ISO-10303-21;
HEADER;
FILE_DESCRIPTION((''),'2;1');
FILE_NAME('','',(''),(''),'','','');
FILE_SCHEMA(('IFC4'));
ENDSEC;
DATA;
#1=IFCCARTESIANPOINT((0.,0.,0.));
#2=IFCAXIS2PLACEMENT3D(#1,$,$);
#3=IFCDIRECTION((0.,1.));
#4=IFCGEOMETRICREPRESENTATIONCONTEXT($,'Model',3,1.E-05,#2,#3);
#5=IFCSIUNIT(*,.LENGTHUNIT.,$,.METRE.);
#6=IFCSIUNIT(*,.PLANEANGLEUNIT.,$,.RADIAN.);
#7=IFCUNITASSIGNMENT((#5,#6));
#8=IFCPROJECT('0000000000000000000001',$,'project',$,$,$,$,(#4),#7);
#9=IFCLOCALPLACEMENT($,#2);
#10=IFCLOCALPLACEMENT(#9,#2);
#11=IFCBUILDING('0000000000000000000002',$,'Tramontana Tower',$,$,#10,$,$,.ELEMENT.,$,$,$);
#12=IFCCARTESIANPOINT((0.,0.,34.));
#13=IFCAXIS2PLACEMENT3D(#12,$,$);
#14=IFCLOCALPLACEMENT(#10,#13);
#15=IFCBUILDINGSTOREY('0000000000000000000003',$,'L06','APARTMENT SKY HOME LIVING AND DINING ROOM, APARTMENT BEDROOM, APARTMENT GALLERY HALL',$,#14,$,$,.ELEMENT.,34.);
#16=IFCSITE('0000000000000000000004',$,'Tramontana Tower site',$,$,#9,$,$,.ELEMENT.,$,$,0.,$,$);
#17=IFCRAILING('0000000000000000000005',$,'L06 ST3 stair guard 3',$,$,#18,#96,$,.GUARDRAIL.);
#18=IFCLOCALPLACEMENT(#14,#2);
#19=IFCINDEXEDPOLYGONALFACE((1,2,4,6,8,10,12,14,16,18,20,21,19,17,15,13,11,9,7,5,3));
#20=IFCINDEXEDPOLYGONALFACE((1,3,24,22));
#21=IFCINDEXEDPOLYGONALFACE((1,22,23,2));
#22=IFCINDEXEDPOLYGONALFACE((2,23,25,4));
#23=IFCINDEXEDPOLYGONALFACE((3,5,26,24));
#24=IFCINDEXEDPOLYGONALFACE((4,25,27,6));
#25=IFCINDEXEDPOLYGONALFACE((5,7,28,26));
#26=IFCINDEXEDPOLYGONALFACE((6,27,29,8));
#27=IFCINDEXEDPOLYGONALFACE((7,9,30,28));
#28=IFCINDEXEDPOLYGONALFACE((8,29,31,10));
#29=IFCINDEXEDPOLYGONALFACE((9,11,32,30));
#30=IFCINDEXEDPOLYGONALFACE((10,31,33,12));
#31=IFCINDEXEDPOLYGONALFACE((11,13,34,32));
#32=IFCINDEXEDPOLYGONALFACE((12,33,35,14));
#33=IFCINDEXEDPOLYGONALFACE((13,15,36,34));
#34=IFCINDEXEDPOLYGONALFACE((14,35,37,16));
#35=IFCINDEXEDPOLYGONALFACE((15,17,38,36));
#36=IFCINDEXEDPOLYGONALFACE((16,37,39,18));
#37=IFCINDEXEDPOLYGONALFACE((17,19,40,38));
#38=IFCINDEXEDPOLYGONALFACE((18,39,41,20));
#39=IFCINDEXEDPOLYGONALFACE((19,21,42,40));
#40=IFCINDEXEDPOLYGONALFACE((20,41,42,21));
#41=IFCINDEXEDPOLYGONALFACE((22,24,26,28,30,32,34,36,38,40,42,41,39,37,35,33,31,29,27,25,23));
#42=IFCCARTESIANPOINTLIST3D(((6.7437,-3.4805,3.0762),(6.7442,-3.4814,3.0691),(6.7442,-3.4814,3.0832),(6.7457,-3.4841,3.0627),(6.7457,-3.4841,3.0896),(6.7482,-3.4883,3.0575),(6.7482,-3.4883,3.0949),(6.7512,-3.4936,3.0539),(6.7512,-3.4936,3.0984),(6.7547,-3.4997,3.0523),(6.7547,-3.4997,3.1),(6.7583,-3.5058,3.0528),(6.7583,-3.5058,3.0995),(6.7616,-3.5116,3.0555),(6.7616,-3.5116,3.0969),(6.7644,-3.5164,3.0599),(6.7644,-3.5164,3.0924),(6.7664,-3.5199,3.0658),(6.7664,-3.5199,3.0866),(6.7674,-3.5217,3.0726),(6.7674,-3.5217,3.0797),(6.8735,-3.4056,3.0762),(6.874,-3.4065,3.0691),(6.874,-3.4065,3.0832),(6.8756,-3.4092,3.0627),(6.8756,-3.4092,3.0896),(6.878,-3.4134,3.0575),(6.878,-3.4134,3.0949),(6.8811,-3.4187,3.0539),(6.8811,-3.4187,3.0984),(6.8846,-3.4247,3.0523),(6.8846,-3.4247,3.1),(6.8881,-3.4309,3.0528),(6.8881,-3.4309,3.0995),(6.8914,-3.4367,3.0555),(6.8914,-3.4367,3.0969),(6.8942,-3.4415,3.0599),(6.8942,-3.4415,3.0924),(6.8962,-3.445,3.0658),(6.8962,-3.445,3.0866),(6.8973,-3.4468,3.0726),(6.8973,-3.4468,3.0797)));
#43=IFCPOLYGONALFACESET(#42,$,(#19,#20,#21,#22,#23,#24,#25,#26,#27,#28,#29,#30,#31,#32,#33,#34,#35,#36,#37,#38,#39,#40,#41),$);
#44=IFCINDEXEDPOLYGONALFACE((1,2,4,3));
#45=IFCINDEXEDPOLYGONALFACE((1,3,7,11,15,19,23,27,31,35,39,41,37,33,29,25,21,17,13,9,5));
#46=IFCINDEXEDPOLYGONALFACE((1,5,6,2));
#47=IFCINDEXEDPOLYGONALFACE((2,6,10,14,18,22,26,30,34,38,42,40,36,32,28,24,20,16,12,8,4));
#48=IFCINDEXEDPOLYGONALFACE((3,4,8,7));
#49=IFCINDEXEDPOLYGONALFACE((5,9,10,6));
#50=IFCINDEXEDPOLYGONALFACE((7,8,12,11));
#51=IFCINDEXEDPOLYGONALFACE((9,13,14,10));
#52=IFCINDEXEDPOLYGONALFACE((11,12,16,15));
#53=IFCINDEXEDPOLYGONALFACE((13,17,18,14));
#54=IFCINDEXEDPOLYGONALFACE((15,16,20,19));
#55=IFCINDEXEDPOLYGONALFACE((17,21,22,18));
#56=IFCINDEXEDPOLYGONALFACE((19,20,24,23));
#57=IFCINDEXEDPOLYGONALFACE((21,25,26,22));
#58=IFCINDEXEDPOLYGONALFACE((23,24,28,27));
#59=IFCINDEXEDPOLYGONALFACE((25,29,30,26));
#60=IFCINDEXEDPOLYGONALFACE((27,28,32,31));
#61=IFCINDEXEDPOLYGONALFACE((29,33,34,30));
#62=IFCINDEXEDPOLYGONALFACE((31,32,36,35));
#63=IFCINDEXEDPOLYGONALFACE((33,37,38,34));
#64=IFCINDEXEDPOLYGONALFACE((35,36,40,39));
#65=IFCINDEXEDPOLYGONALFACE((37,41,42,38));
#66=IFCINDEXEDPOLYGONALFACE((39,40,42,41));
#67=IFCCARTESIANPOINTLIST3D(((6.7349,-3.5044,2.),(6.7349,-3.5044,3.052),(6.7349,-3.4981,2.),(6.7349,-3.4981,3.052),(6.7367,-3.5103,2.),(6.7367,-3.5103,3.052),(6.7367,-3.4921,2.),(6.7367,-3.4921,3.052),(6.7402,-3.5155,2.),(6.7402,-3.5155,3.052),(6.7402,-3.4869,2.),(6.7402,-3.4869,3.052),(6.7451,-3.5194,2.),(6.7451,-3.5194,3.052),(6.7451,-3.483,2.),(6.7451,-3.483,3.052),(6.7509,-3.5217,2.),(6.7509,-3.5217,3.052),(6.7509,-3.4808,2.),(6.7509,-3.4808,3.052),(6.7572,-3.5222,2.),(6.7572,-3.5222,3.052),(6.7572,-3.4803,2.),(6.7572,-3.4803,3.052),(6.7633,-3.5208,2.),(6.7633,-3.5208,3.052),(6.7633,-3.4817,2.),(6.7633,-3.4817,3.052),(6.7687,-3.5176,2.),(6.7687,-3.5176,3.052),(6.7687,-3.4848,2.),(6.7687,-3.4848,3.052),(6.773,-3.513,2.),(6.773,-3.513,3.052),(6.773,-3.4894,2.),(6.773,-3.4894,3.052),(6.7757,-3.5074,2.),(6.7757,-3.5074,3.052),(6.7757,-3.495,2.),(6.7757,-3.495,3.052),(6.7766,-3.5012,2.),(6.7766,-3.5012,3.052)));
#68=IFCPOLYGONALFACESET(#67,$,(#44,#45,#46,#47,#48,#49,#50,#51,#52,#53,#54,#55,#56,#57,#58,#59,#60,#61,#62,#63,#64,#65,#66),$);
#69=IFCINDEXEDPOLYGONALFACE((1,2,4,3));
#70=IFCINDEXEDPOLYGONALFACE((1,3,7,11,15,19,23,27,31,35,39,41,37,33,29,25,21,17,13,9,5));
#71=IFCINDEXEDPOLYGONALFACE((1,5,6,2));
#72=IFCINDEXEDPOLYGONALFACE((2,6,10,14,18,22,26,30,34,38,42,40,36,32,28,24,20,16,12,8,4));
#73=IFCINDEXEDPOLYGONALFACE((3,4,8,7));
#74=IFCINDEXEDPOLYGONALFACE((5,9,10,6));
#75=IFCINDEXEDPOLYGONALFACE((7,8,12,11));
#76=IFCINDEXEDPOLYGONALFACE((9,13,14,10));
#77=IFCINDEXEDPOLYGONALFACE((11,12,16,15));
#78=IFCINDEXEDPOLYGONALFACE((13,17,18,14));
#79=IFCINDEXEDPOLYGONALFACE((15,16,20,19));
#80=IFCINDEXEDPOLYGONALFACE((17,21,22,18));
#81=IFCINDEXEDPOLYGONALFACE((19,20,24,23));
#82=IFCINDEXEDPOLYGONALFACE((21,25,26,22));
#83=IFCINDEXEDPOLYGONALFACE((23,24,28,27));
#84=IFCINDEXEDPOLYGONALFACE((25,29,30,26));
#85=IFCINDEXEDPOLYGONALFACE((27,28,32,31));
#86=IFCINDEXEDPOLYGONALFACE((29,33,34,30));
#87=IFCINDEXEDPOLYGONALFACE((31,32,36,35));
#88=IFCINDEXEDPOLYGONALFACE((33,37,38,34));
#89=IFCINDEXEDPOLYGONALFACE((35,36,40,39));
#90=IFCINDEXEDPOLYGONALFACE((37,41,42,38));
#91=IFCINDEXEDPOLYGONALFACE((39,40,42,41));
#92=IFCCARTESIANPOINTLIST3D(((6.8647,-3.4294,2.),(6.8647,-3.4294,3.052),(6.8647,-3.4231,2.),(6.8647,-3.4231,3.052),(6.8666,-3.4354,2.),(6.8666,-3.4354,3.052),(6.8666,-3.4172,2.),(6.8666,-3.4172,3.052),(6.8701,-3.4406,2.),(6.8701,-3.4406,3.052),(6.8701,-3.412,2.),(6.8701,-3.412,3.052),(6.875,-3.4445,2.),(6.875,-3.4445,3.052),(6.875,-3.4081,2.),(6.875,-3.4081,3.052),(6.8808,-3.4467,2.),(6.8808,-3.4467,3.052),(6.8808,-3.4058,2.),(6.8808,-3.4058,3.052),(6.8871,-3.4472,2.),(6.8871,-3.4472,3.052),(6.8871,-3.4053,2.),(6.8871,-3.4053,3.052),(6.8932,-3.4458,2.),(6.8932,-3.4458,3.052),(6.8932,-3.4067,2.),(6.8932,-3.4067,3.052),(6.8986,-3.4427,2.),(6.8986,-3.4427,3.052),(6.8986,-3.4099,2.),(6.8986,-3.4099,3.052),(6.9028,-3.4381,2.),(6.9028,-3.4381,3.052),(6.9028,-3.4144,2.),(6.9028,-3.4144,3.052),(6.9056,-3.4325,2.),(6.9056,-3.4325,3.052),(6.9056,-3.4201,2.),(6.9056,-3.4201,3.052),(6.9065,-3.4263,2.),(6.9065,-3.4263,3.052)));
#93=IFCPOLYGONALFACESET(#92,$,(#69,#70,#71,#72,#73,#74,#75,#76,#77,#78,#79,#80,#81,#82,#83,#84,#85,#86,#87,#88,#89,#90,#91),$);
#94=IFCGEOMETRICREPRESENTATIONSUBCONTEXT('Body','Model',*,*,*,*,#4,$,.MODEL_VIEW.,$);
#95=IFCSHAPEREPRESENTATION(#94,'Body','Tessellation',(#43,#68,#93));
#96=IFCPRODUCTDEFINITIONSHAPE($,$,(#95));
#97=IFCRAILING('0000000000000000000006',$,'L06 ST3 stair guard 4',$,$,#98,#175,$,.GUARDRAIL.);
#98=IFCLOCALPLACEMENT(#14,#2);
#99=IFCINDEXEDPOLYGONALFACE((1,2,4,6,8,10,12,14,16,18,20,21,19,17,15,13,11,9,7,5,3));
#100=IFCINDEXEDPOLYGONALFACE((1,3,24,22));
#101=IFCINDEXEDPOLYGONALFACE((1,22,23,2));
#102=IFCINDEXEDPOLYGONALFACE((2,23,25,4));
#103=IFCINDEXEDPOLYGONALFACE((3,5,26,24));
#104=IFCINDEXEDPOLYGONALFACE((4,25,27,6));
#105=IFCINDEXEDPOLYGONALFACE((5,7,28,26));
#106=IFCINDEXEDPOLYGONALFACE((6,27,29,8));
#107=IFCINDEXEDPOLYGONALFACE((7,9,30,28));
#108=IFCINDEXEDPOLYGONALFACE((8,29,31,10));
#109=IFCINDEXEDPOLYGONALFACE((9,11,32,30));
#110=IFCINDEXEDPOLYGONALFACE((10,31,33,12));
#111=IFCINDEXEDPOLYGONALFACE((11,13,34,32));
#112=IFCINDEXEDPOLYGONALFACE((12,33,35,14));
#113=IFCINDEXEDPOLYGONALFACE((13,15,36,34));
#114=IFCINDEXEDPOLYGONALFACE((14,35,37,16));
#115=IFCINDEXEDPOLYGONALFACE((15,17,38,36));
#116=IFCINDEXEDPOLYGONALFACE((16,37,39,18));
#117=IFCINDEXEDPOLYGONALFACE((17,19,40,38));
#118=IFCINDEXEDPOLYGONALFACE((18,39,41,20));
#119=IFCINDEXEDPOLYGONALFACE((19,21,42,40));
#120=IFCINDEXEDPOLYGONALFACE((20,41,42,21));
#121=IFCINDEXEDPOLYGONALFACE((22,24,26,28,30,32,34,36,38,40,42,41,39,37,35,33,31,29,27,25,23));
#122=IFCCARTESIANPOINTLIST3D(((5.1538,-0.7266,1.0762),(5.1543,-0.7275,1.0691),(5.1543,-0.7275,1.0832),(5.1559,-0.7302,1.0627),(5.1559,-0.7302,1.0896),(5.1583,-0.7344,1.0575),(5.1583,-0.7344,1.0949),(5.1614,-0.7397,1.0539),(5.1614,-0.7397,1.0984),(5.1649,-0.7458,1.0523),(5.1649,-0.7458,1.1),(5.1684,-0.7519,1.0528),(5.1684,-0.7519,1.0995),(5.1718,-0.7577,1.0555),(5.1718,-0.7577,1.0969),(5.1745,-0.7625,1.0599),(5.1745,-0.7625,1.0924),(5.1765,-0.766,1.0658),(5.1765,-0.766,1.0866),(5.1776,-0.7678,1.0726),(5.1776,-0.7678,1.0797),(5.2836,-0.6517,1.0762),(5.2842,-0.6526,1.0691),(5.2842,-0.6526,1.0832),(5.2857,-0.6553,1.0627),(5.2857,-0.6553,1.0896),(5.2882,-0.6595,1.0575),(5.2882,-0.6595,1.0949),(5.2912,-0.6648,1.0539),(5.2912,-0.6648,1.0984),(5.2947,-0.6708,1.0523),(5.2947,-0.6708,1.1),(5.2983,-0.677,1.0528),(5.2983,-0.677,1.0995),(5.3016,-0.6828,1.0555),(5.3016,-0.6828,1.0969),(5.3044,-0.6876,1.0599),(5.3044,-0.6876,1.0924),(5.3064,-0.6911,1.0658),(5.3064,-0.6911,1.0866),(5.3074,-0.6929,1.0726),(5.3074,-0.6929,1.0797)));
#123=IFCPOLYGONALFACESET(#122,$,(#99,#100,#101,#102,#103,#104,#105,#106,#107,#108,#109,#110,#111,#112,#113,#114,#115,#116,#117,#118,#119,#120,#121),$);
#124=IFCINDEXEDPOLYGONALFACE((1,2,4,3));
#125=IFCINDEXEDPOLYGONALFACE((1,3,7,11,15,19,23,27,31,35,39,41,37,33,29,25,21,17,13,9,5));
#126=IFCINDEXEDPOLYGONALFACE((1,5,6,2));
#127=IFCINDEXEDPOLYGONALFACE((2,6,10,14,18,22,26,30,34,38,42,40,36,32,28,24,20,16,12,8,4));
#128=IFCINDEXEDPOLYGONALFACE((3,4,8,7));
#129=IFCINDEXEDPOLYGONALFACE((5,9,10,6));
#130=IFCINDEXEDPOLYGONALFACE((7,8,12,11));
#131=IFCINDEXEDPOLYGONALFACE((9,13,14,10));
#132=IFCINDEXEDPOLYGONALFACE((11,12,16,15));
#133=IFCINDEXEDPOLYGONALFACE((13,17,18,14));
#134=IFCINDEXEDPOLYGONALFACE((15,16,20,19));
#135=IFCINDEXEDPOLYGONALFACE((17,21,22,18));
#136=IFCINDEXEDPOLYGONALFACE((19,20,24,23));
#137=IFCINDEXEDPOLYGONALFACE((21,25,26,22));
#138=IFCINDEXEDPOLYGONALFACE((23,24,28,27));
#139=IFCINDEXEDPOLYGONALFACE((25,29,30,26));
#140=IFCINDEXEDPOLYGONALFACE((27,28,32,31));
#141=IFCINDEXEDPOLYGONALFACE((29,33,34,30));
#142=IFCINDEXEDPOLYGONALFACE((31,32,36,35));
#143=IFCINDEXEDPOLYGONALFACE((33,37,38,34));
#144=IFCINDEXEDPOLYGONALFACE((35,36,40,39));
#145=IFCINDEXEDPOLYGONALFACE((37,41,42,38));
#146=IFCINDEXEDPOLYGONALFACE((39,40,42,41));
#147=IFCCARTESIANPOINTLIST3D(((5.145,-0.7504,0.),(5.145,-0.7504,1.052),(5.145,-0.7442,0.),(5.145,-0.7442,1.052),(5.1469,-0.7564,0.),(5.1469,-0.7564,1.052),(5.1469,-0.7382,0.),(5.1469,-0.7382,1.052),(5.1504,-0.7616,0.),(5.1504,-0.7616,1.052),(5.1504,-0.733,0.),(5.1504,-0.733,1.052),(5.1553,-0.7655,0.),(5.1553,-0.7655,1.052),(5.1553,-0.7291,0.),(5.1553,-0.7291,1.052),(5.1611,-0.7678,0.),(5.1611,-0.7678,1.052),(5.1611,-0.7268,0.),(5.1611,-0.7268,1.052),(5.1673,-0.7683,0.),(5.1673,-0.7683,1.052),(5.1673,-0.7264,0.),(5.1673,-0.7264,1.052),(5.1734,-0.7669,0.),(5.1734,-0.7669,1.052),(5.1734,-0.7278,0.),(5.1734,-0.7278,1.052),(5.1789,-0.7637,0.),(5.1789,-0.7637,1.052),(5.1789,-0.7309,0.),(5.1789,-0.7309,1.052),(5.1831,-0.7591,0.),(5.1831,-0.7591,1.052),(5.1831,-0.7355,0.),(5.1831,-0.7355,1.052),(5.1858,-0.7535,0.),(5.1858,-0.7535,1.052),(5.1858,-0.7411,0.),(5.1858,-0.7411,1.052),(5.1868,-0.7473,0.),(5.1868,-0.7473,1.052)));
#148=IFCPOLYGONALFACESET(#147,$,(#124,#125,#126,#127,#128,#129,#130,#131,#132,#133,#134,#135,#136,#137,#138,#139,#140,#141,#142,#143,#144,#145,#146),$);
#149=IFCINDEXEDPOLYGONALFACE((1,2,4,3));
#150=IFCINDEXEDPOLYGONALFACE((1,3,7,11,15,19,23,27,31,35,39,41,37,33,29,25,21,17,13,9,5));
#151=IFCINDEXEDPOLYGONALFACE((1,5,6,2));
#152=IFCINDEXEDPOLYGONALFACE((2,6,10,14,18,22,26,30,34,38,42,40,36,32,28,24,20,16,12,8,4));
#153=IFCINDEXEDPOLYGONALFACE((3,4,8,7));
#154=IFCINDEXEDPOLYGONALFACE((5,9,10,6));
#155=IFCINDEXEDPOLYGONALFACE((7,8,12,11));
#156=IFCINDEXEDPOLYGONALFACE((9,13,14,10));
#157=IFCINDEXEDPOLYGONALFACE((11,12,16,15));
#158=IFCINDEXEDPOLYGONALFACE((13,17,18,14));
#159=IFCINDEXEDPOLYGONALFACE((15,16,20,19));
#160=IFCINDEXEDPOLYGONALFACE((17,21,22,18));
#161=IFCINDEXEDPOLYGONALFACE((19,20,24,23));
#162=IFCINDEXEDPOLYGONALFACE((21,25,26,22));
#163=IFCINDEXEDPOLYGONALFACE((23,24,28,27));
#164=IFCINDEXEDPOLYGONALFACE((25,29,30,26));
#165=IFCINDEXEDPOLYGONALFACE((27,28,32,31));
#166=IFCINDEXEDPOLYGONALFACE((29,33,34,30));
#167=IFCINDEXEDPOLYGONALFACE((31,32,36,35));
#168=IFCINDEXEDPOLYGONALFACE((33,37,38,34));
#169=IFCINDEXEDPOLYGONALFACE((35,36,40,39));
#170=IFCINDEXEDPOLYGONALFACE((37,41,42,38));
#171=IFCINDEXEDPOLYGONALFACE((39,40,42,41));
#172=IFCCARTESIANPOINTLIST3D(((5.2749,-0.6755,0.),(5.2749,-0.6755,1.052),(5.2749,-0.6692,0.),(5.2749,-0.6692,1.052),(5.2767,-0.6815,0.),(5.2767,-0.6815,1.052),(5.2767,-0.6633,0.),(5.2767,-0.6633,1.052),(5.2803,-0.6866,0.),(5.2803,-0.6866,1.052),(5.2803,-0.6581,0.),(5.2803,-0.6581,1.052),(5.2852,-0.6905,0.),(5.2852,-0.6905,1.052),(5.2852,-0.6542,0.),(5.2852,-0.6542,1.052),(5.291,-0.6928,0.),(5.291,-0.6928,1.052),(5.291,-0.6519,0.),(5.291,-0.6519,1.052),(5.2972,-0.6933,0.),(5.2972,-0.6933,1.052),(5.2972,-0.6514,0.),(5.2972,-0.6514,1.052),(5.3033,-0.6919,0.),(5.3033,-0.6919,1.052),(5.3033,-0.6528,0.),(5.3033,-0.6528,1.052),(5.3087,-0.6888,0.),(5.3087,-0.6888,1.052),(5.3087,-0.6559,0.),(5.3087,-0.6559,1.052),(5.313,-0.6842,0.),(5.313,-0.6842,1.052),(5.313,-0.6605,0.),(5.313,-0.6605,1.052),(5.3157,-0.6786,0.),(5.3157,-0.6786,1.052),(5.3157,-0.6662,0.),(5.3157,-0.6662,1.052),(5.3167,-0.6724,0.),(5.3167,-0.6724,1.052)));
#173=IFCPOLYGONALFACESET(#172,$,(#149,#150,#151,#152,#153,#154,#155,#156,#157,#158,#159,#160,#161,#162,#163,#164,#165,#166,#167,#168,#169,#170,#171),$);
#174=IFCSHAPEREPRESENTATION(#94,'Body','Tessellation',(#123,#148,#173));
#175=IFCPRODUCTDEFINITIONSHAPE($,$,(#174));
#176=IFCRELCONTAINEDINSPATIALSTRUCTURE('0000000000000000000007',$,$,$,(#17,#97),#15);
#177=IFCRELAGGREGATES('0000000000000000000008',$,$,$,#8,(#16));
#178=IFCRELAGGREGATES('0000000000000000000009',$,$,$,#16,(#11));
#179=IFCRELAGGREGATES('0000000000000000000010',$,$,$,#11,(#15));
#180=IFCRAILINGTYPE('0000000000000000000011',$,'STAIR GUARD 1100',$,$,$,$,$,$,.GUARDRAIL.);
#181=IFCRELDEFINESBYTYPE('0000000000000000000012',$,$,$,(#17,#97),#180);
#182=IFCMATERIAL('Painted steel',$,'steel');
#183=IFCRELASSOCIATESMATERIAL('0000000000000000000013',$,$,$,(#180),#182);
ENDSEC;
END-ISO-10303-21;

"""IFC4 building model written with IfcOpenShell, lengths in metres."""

from ifc_helpers import new_model, si_unit, direction, frame, origin, origin_2d, place, context, subcontext, project, spatial, circle, extrude, material, type_object, element, save


model = new_model("IFC4")

# Units and contexts
model_context = context("Model", 3, precision=1e-05, world=origin(), true_north=direction((0.0, 1.0)))
body_context = subcontext(model_context, "Body", "Model", "MODEL_VIEW")
ifc_project = project(units=[si_unit("LENGTHUNIT", "METRE"), si_unit("PLANEANGLEUNIT", "RADIAN")], contexts=[model_context])

# Site, building, storey
site_placement = place(None, origin())
site = spatial("IfcSite", under=ifc_project, at=site_placement, Name="Tramontana Tower site", CompositionType="ELEMENT", RefElevation=0.0)
building_placement = place(site_placement, origin())
building = spatial("IfcBuilding", under=site, at=building_placement, Name="Tramontana Tower", CompositionType="ELEMENT")
storey_placement = place(building_placement, frame((0.0, 0.0, 34.0)))
storey = spatial("IfcBuildingStorey", under=building, at=storey_placement, Name="L06", Description="APARTMENT SKY HOME LIVING AND DINING ROOM, APARTMENT BEDROOM, APARTMENT GALLERY HALL", CompositionType="ELEMENT", Elevation=34.0)

# Railings
ifc_material_1 = material(Name="Painted steel", Category="steel")
railing_type_1 = type_object("IfcRailingType", Name="STAIR GUARD 1100", PredefinedType="GUARDRAIL", material=ifc_material_1)
for number, where, name in (
    (1, (6.7556, -3.5012, 2.0), "L06 ST3 stair guard 3"),
    (2, (5.1658, -0.7473, 0.0), "L06 ST3 stair guard 4"),
):
    element("IfcRailing", number, at=place(storey_placement, frame(where)), inside=storey, type_object=railing_type_1, Name=name, PredefinedType="GUARDRAIL", context=body_context, shape_type="SweptSolid", body=[
        extrude(circle(Radius=0.0239, at=origin_2d()), frame((0.0, 0.0, 1.0762), z_axis=(0.866131, 0.499816, 0.0), x_axis=(-0.499816, 0.866131, 0.0)), (0.0, 0.0, 1.0), 0.1499),
        extrude(circle(Radius=0.021, at=origin_2d()), origin(), (0.0, 0.0, 1.0), 1.052),
        extrude(circle(Radius=0.021, at=origin_2d()), frame((0.1299, 0.075, 0.0)), (0.0, 0.0, 1.0), 1.052),
    ])

save(model, "model.ifc")
